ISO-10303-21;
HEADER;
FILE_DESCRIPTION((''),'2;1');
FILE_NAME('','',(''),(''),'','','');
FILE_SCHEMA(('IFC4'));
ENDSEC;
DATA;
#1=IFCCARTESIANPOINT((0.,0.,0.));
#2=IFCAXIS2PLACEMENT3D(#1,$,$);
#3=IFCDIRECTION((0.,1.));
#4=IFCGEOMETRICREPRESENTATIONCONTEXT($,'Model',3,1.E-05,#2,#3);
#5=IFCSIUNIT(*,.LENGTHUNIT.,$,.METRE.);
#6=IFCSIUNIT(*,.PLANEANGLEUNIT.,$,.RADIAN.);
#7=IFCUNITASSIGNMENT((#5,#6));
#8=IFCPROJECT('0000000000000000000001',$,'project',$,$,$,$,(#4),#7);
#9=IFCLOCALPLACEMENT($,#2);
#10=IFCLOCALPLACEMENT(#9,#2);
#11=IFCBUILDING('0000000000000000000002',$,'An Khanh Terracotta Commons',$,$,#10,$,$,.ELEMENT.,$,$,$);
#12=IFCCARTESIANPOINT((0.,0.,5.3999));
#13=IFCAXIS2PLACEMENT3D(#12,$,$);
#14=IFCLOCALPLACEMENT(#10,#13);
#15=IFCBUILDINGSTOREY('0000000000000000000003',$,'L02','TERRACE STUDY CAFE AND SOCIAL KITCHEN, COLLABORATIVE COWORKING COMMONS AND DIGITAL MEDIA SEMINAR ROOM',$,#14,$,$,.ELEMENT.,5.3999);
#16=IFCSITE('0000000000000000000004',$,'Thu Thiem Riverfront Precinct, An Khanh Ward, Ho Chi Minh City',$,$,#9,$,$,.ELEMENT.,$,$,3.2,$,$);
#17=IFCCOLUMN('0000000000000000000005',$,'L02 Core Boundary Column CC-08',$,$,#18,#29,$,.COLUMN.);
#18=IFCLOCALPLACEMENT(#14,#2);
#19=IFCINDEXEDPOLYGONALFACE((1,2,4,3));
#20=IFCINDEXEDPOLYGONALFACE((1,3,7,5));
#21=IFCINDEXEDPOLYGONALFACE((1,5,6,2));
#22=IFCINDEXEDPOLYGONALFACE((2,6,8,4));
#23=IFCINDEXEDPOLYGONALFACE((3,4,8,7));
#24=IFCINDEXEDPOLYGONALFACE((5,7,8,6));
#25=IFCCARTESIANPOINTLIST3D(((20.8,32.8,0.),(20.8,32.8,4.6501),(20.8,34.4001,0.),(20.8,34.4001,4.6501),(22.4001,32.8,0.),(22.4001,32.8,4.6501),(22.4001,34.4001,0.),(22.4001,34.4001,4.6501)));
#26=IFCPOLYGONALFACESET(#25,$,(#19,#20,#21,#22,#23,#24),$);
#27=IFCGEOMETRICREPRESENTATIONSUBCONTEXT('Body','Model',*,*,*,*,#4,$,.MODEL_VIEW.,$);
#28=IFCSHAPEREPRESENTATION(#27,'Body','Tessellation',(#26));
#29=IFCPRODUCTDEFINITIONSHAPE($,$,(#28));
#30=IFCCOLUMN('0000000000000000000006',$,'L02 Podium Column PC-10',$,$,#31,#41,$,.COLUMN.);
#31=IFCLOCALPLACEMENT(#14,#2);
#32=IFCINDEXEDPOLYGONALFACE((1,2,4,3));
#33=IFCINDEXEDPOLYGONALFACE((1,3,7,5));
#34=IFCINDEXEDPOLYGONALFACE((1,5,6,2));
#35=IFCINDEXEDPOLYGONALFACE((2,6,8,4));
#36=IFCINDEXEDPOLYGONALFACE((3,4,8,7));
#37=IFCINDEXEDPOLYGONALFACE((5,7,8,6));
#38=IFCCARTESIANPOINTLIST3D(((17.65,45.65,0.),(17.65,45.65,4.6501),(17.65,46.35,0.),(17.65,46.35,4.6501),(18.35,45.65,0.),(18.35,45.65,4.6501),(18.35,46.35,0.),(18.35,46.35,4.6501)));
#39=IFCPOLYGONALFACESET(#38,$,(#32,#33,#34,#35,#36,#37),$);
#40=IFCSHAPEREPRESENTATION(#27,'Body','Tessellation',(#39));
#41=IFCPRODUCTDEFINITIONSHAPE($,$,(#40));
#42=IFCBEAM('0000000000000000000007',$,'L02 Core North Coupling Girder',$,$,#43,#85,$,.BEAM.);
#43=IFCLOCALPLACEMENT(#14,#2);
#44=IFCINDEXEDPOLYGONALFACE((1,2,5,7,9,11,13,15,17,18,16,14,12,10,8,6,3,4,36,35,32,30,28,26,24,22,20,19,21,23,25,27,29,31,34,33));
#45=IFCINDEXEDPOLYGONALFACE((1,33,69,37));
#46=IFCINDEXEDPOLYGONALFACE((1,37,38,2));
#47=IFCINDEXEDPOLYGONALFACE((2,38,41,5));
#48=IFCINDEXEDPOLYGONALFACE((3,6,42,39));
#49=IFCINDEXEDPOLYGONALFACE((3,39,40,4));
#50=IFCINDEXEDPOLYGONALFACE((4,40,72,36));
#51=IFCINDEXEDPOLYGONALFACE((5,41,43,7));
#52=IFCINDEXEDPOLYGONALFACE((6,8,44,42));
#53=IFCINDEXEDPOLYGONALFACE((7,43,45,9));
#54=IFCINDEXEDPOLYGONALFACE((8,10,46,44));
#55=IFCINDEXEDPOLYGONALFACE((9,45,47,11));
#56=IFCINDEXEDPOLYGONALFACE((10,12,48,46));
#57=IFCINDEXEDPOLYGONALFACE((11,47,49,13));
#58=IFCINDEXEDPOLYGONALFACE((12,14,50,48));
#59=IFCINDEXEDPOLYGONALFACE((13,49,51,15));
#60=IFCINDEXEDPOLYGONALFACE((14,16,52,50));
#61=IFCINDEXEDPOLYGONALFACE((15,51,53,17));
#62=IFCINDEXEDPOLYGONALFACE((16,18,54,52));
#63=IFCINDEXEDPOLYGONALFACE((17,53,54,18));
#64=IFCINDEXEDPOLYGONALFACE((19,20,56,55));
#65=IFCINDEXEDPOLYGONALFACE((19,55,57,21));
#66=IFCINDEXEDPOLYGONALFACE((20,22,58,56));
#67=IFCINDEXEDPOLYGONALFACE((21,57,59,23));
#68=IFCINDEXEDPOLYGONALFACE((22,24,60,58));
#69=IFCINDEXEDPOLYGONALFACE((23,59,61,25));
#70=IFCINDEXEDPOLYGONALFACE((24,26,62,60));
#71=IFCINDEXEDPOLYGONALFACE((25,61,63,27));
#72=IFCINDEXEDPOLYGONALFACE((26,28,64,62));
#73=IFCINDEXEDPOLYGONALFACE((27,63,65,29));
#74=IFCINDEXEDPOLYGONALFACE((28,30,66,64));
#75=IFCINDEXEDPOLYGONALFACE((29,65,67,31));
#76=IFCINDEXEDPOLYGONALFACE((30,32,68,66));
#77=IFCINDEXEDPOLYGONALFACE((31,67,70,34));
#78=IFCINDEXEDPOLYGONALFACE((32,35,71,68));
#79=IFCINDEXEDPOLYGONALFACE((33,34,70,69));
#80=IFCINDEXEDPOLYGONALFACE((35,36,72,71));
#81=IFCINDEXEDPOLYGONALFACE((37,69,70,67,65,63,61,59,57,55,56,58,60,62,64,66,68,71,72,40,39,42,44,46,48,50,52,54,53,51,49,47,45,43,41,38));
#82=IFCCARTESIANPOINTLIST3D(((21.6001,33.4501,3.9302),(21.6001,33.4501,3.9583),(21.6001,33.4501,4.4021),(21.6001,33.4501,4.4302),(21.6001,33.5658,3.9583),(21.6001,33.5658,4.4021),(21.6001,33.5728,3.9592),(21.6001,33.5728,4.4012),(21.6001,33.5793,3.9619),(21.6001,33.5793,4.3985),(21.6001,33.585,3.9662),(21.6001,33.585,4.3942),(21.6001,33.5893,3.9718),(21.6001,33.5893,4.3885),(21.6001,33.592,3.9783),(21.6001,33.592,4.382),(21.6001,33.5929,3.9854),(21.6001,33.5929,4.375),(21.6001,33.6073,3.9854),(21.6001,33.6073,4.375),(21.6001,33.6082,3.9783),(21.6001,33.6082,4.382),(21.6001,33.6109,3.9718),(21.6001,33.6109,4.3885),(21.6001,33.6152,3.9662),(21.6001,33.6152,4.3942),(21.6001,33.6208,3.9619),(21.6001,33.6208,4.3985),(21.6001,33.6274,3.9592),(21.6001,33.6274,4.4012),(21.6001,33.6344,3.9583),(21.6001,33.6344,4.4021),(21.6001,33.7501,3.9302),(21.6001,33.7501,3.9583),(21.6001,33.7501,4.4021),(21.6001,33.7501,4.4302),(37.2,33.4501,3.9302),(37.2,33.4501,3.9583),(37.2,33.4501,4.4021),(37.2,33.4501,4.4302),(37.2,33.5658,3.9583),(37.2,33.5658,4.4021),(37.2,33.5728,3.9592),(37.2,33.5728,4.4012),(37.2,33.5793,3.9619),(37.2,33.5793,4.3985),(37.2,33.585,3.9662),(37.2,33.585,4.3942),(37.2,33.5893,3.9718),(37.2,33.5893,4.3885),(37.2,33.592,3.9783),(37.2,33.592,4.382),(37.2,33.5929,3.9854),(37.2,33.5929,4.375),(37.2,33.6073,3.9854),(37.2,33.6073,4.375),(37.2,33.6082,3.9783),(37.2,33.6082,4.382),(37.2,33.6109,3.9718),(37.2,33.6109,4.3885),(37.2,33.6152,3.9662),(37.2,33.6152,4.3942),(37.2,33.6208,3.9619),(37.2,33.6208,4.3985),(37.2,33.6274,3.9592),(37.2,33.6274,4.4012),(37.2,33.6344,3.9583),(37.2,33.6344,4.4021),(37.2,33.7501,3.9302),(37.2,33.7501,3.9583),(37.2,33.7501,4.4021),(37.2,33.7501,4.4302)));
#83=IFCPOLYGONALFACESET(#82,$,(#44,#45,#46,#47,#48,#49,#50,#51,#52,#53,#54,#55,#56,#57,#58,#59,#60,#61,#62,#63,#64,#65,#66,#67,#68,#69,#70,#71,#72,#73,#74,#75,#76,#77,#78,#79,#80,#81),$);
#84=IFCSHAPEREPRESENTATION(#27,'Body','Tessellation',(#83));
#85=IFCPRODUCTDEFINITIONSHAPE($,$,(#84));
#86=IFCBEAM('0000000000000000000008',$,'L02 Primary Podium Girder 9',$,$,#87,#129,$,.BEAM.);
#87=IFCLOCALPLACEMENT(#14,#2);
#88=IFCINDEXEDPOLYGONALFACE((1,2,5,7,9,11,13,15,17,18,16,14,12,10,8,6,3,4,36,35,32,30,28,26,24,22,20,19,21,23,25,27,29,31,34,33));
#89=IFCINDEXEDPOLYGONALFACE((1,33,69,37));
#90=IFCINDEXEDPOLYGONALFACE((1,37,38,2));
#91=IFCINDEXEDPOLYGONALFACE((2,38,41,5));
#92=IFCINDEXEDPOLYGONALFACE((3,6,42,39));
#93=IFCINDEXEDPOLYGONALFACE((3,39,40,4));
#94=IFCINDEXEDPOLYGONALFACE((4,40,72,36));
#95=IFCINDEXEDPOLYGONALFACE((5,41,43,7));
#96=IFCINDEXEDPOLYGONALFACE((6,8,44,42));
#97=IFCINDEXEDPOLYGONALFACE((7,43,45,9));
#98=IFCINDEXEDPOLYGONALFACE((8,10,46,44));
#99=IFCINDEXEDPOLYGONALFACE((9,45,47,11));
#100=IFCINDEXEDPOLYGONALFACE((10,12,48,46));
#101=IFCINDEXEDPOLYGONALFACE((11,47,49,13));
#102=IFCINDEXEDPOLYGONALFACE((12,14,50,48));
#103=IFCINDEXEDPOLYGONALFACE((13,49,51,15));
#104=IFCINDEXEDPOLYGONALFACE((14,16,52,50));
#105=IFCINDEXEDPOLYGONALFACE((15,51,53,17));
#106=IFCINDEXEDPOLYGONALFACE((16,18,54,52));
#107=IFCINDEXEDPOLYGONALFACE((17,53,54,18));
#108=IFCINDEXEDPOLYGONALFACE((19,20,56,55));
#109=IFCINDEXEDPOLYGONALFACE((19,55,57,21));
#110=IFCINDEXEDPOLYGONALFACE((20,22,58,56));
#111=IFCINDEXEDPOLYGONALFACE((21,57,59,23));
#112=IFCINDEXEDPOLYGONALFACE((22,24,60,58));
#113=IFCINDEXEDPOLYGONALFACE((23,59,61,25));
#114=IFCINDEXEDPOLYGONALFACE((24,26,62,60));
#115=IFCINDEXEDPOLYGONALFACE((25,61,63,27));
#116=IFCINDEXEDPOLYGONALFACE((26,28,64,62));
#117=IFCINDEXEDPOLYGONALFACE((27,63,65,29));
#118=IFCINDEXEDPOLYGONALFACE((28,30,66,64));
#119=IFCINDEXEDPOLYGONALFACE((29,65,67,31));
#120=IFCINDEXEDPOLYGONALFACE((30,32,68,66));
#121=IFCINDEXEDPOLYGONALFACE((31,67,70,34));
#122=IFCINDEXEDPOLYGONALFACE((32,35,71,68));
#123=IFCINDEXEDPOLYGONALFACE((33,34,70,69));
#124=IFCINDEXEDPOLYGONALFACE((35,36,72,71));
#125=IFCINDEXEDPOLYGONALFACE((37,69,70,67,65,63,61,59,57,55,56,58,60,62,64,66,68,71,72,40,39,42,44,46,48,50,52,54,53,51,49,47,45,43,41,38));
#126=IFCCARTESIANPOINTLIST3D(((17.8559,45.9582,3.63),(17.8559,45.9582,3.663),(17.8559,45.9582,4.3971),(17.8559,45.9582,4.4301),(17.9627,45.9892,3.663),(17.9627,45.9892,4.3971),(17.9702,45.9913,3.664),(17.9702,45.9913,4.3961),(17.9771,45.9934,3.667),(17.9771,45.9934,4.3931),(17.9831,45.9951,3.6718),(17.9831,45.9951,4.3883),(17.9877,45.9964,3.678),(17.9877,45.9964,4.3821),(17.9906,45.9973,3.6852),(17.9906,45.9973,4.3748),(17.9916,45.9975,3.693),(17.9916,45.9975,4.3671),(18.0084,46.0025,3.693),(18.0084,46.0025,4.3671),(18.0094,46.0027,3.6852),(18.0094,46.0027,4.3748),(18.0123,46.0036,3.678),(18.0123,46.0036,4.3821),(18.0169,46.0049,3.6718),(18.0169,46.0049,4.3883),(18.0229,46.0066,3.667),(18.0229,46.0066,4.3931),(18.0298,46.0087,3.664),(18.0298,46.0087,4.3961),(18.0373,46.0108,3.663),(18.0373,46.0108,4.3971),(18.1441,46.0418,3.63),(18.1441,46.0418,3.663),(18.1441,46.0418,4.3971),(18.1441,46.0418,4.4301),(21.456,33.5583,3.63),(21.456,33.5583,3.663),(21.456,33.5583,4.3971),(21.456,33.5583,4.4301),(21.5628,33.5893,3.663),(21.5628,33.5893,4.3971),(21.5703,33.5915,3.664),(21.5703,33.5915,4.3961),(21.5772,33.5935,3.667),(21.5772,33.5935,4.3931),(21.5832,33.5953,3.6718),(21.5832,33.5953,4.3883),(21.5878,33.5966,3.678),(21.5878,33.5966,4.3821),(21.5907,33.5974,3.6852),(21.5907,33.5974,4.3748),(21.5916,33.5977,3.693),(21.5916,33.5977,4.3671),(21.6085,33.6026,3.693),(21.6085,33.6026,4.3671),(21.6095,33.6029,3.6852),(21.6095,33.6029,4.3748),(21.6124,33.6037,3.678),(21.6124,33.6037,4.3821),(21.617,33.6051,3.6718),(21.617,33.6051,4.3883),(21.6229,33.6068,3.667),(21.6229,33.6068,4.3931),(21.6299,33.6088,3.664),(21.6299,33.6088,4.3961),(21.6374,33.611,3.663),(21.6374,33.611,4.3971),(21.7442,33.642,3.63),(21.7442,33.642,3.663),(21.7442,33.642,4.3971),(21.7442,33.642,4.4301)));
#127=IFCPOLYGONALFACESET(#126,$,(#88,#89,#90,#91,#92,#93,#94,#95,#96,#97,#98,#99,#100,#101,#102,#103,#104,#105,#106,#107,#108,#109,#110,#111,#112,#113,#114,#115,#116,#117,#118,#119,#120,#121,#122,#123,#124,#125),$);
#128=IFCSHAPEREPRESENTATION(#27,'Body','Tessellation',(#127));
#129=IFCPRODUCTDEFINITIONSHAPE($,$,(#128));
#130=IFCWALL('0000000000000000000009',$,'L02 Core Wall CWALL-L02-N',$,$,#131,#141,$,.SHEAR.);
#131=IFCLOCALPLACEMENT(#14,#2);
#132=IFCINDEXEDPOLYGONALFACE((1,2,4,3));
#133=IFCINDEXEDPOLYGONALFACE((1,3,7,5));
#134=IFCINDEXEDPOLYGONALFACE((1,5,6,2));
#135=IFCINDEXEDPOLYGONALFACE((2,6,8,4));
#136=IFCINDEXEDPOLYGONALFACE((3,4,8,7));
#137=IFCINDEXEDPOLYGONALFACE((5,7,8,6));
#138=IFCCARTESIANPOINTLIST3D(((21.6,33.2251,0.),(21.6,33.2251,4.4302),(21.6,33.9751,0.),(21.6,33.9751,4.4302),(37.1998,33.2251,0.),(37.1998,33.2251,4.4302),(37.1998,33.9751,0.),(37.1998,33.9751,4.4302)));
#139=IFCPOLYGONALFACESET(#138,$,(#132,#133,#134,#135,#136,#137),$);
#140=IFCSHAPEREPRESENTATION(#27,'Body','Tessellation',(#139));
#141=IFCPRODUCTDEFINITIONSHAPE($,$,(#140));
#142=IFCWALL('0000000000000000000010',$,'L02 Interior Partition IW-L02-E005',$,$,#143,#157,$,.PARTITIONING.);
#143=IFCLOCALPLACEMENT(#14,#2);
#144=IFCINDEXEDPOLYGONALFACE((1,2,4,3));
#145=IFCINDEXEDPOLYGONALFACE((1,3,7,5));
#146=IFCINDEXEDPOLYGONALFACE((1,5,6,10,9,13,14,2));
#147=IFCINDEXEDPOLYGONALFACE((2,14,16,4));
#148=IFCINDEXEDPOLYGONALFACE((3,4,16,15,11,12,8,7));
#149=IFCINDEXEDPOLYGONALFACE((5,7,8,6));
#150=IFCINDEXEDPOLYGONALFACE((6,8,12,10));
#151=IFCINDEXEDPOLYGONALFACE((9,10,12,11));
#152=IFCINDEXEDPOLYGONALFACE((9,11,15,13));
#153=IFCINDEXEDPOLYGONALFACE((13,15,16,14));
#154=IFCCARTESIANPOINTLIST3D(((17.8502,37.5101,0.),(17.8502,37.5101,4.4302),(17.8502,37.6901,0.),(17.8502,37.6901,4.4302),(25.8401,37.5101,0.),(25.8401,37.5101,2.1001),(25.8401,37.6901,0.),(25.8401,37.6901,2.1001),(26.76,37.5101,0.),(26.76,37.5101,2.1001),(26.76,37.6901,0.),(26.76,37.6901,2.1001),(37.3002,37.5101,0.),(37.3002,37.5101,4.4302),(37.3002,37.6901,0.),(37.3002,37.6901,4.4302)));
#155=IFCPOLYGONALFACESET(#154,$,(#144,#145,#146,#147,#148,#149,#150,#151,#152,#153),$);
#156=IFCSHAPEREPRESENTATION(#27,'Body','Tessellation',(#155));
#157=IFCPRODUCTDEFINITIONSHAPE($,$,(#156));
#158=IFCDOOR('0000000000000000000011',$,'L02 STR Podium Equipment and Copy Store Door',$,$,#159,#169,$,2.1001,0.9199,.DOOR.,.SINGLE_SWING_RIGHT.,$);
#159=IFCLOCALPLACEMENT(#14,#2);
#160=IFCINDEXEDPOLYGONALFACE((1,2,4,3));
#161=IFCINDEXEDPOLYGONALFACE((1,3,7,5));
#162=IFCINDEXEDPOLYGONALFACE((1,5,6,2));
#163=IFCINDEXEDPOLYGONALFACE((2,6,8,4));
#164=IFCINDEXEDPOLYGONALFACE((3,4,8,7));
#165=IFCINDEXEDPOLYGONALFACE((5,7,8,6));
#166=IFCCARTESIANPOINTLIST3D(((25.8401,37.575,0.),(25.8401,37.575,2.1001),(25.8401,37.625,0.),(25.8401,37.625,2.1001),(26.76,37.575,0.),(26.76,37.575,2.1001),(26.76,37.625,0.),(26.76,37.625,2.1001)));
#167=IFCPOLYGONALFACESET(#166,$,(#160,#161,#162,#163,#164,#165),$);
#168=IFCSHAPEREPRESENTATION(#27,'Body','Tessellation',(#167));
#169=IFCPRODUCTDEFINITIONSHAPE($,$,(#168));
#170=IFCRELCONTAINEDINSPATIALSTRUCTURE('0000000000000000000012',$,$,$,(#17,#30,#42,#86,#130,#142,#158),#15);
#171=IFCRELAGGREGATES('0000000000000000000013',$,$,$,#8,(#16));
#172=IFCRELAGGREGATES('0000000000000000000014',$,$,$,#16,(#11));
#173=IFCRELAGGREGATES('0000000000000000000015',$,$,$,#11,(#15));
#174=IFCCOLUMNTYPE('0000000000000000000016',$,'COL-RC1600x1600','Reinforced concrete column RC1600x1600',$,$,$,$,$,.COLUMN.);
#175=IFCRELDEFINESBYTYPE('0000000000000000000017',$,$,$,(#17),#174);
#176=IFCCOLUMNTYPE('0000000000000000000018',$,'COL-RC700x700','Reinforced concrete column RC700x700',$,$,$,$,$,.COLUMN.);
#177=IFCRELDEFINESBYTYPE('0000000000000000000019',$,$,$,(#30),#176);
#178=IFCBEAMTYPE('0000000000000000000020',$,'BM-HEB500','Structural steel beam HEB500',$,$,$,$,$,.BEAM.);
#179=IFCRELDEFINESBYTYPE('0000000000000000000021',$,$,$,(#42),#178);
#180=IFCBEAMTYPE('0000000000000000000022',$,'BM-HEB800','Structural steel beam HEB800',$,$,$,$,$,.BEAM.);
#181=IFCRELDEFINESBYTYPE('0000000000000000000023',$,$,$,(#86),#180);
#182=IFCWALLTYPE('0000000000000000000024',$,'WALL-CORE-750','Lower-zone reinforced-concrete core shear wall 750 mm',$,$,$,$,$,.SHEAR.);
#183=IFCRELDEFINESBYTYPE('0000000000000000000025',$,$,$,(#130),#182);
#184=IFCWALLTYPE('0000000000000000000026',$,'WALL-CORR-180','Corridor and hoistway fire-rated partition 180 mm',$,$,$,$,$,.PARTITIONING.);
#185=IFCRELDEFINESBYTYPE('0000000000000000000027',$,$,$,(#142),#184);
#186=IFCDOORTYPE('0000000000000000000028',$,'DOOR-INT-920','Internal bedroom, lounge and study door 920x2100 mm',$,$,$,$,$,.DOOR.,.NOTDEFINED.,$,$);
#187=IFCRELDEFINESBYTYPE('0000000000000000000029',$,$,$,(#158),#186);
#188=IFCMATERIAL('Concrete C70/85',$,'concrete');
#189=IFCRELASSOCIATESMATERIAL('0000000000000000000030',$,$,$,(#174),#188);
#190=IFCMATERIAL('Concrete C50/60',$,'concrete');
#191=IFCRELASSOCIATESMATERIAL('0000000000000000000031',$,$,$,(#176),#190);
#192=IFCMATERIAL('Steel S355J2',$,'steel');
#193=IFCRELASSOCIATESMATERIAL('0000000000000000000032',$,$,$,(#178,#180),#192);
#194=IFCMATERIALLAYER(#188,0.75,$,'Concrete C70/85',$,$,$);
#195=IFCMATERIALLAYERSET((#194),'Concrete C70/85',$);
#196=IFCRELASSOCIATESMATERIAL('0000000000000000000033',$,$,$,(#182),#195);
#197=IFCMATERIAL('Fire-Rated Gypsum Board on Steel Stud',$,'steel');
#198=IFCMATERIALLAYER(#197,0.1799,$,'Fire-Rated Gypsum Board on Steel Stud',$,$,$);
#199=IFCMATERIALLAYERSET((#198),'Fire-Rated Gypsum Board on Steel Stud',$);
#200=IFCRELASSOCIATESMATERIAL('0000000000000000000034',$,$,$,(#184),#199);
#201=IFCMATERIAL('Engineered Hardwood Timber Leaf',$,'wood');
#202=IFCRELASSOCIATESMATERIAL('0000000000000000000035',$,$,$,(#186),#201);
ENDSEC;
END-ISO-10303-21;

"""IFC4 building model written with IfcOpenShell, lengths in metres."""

from ifc_helpers import new_model, si_unit, direction, frame, frame_2d, origin, origin_2d, place, context, subcontext, project, spatial, rectangle, i_section, extrude, material, layer, layer_set, material_profile, profile_set, type_object, element, fill, save


model = new_model("IFC4")

# Units and contexts
model_context = context("Model", 3, precision=1e-05, world=origin(), true_north=direction((0.0, 1.0)))
body_context = subcontext(model_context, "Body", "Model", "MODEL_VIEW")
ifc_project = project(units=[si_unit("LENGTHUNIT", "METRE"), si_unit("PLANEANGLEUNIT", "RADIAN")], contexts=[model_context])

# Site, building, storey
site_placement = place(None, origin())
site = spatial("IfcSite", under=ifc_project, at=site_placement, Name="Thu Thiem Riverfront Precinct, An Khanh Ward, Ho Chi Minh City", CompositionType="ELEMENT", RefElevation=3.2)
building_placement = place(site_placement, origin())
building = spatial("IfcBuilding", under=site, at=building_placement, Name="An Khanh Terracotta Commons", CompositionType="ELEMENT")
storey_placement = place(building_placement, frame((0.0, 0.0, 5.3999)))
storey = spatial("IfcBuildingStorey", under=building, at=storey_placement, Name="L02", Description="TERRACE STUDY CAFE AND SOCIAL KITCHEN, COLLABORATIVE COWORKING COMMONS AND DIGITAL MEDIA SEMINAR ROOM", CompositionType="ELEMENT", Elevation=5.3999)

# Columns
ifc_material_1 = material(Name="Concrete C70/85", Category="concrete")
ifc_material_profile_1 = material_profile(ifc_material_1, rectangle(XDim=1.6001, YDim=1.6001, at=origin_2d()), Name="RC1600x1600")
ifc_profile_set_1 = profile_set([ifc_material_profile_1], Name="Concrete C70/85")
column_type_1 = type_object("IfcColumnType", Name="COL-RC1600x1600", Description="Reinforced concrete column RC1600x1600", PredefinedType="COLUMN", material=ifc_profile_set_1)
column_1_placement = place(storey_placement, frame((21.6001, 33.6001, 0.0), z_axis=(0.0, 0.0, 1.0), x_axis=(1.0, 0.0, 0.0)))
element("IfcColumn", 1, at=column_1_placement, inside=storey, type_object=column_type_1, Name="L02 Core Boundary Column CC-08", PredefinedType="COLUMN", context=body_context, shape_type="SweptSolid", body=[
    extrude(rectangle(XDim=1.6001, YDim=1.6001, at=origin_2d()), origin(), (0.0, 0.0, 1.0), 4.6501),
])
ifc_material_2 = material(Name="Concrete C50/60", Category="concrete")
ifc_material_profile_2 = material_profile(ifc_material_2, rectangle(XDim=0.7, YDim=0.7, at=origin_2d()), Name="RC700x700")
ifc_profile_set_2 = profile_set([ifc_material_profile_2], Name="Concrete C50/60")
column_type_2 = type_object("IfcColumnType", Name="COL-RC700x700", Description="Reinforced concrete column RC700x700", PredefinedType="COLUMN", material=ifc_profile_set_2)
column_2_placement = place(storey_placement, frame((18.0, 46.0, 0.0), z_axis=(0.0, 0.0, 1.0), x_axis=(1.0, 0.0, 0.0)))
element("IfcColumn", 2, at=column_2_placement, inside=storey, type_object=column_type_2, Name="L02 Podium Column PC-10", PredefinedType="COLUMN", context=body_context, shape_type="SweptSolid", body=[
    extrude(rectangle(XDim=0.7, YDim=0.7, at=origin_2d()), origin(), (0.0, 0.0, 1.0), 4.6501),
])

# Beams
ifc_material_3 = material(Name="Steel S355J2", Category="steel")
ifc_material_profile_3 = material_profile(ifc_material_3, i_section(OverallWidth=0.3, OverallDepth=0.5, WebThickness=0.0144, FlangeThickness=0.0281, FilletRadius=0.0271, at=origin_2d()), Name="HEB500")
ifc_profile_set_3 = profile_set([ifc_material_profile_3], Name="Steel S355J2")
beam_type_1 = type_object("IfcBeamType", Name="BM-HEB500", Description="Structural steel beam HEB500", PredefinedType="BEAM", material=ifc_profile_set_3)
beam_1_placement = place(storey_placement, frame((21.6001, 33.6001, 4.1802), z_axis=(1.0, 0.0, 0.0), x_axis=(0.0, 1.0, 0.0)))
element("IfcBeam", 3, at=beam_1_placement, inside=storey, type_object=beam_type_1, Name="L02 Core North Coupling Girder", PredefinedType="BEAM", context=body_context, shape_type="SweptSolid", body=[
    extrude(i_section(OverallWidth=0.3, OverallDepth=0.5, WebThickness=0.0144, FlangeThickness=0.0281, FilletRadius=0.0271, at=origin_2d()), origin(), (0.0, 0.0, 1.0), 15.5999),
])
ifc_material_profile_4 = material_profile(ifc_material_3, i_section(OverallWidth=0.3, OverallDepth=0.8, WebThickness=0.0176, FlangeThickness=0.033, FilletRadius=0.03, at=origin_2d()), Name="HEB800")
ifc_profile_set_4 = profile_set([ifc_material_profile_4], Name="Steel S355J2")
beam_type_2 = type_object("IfcBeamType", Name="BM-HEB800", Description="Structural steel beam HEB800", PredefinedType="BEAM", material=ifc_profile_set_4)
beam_2_placement = place(storey_placement, frame((18.0, 46.0, 4.03), z_axis=(0.278819, -0.960344, 0.0), x_axis=(0.960344, 0.278819, 0.0)))
element("IfcBeam", 4, at=beam_2_placement, inside=storey, type_object=beam_type_2, Name="L02 Primary Podium Girder 9", PredefinedType="BEAM", context=body_context, shape_type="SweptSolid", body=[
    extrude(i_section(OverallWidth=0.3, OverallDepth=0.8, WebThickness=0.0176, FlangeThickness=0.033, FilletRadius=0.03, at=origin_2d()), origin(), (0.0, 0.0, 1.0), 12.9119),
])

# Wall
ifc_layer_1 = layer(ifc_material_1, 0.75, Name="Concrete C70/85")
ifc_layer_set_1 = layer_set([ifc_layer_1], Name="Concrete C70/85")
wall_type_1 = type_object("IfcWallType", Name="WALL-CORE-750", Description="Lower-zone reinforced-concrete core shear wall 750 mm", PredefinedType="SHEAR", material=ifc_layer_set_1)
wall_1_placement = place(storey_placement, frame((21.6001, 33.6001, 0.0), z_axis=(0.0, 0.0, 1.0), x_axis=(1.0, 0.0, 0.0)))
element("IfcWall", 5, at=wall_1_placement, inside=storey, type_object=wall_type_1, Name="L02 Core Wall CWALL-L02-N", PredefinedType="SHEAR", context=body_context, shape_type="SweptSolid", body=[
    extrude(rectangle(XDim=15.5999, YDim=0.75, at=frame_2d((7.7998, 0.0))), origin(), (0.0, 0.0, 1.0), 4.4302),
])

# Wall, opening, door
ifc_material_4 = material(Name="Fire-Rated Gypsum Board on Steel Stud", Category="steel")
ifc_layer_2 = layer(ifc_material_4, 0.1799, Name="Fire-Rated Gypsum Board on Steel Stud")
ifc_layer_set_2 = layer_set([ifc_layer_2], Name="Fire-Rated Gypsum Board on Steel Stud")
wall_type_2 = type_object("IfcWallType", Name="WALL-CORR-180", Description="Corridor and hoistway fire-rated partition 180 mm", PredefinedType="PARTITIONING", material=ifc_layer_set_2)
wall_2_placement = place(storey_placement, frame((17.8501, 37.6001, 0.0), z_axis=(0.0, 0.0, 1.0), x_axis=(1.0, 0.0, 0.0)))
wall_2 = element("IfcWall", 6, at=wall_2_placement, inside=storey, type_object=wall_type_2, Name="L02 Interior Partition IW-L02-E005", PredefinedType="PARTITIONING", context=body_context, shape_type="SweptSolid", body=[
    extrude(rectangle(XDim=19.45, YDim=0.1799, at=frame_2d((9.7251, 0.0))), origin(), (0.0, 0.0, 1.0), 4.4302),
])
opening_1_placement = place(wall_2_placement, frame((7.99, 0.0, 0.0)))
opening_1 = element("IfcOpeningElement", 7, at=opening_1_placement, cuts=wall_2, PredefinedType="OPENING", context=body_context, shape_type="SweptSolid", body=[
    extrude(rectangle(XDim=0.9199, YDim=2.1001, at=frame_2d((0.46, 1.05))), frame((0.0, 0.0999, 0.0), z_axis=(0.0, -1.0, 0.0), x_axis=(1.0, 0.0, 0.0)), (0.0, 0.0, 1.0), 0.2),
])
ifc_material_5 = material(Name="Engineered Hardwood Timber Leaf", Category="wood")
door_type_1 = type_object("IfcDoorType", Name="DOOR-INT-920", Description="Internal bedroom, lounge and study door 920x2100 mm", OperationType="NOTDEFINED", PredefinedType="DOOR", material=ifc_material_5)
door_1_placement = place(opening_1_placement, origin())
door_1 = element("IfcDoor", 8, at=door_1_placement, inside=storey, type_object=door_type_1, Name="L02 STR Podium Equipment and Copy Store Door", OperationType="SINGLE_SWING_RIGHT", OverallHeight=2.1001, OverallWidth=0.9199, PredefinedType="DOOR", context=body_context, shape_type="SweptSolid", body=[
    extrude(rectangle(XDim=0.9199, YDim=2.1001, at=frame_2d((0.46, 1.05))), frame((0.0, 0.0249, 0.0), z_axis=(0.0, -1.0, 0.0), x_axis=(1.0, 0.0, 0.0)), (0.0, 0.0, 1.0), 0.05),
])
fill(opening_1, door_1)

save(model, "model.ifc")
